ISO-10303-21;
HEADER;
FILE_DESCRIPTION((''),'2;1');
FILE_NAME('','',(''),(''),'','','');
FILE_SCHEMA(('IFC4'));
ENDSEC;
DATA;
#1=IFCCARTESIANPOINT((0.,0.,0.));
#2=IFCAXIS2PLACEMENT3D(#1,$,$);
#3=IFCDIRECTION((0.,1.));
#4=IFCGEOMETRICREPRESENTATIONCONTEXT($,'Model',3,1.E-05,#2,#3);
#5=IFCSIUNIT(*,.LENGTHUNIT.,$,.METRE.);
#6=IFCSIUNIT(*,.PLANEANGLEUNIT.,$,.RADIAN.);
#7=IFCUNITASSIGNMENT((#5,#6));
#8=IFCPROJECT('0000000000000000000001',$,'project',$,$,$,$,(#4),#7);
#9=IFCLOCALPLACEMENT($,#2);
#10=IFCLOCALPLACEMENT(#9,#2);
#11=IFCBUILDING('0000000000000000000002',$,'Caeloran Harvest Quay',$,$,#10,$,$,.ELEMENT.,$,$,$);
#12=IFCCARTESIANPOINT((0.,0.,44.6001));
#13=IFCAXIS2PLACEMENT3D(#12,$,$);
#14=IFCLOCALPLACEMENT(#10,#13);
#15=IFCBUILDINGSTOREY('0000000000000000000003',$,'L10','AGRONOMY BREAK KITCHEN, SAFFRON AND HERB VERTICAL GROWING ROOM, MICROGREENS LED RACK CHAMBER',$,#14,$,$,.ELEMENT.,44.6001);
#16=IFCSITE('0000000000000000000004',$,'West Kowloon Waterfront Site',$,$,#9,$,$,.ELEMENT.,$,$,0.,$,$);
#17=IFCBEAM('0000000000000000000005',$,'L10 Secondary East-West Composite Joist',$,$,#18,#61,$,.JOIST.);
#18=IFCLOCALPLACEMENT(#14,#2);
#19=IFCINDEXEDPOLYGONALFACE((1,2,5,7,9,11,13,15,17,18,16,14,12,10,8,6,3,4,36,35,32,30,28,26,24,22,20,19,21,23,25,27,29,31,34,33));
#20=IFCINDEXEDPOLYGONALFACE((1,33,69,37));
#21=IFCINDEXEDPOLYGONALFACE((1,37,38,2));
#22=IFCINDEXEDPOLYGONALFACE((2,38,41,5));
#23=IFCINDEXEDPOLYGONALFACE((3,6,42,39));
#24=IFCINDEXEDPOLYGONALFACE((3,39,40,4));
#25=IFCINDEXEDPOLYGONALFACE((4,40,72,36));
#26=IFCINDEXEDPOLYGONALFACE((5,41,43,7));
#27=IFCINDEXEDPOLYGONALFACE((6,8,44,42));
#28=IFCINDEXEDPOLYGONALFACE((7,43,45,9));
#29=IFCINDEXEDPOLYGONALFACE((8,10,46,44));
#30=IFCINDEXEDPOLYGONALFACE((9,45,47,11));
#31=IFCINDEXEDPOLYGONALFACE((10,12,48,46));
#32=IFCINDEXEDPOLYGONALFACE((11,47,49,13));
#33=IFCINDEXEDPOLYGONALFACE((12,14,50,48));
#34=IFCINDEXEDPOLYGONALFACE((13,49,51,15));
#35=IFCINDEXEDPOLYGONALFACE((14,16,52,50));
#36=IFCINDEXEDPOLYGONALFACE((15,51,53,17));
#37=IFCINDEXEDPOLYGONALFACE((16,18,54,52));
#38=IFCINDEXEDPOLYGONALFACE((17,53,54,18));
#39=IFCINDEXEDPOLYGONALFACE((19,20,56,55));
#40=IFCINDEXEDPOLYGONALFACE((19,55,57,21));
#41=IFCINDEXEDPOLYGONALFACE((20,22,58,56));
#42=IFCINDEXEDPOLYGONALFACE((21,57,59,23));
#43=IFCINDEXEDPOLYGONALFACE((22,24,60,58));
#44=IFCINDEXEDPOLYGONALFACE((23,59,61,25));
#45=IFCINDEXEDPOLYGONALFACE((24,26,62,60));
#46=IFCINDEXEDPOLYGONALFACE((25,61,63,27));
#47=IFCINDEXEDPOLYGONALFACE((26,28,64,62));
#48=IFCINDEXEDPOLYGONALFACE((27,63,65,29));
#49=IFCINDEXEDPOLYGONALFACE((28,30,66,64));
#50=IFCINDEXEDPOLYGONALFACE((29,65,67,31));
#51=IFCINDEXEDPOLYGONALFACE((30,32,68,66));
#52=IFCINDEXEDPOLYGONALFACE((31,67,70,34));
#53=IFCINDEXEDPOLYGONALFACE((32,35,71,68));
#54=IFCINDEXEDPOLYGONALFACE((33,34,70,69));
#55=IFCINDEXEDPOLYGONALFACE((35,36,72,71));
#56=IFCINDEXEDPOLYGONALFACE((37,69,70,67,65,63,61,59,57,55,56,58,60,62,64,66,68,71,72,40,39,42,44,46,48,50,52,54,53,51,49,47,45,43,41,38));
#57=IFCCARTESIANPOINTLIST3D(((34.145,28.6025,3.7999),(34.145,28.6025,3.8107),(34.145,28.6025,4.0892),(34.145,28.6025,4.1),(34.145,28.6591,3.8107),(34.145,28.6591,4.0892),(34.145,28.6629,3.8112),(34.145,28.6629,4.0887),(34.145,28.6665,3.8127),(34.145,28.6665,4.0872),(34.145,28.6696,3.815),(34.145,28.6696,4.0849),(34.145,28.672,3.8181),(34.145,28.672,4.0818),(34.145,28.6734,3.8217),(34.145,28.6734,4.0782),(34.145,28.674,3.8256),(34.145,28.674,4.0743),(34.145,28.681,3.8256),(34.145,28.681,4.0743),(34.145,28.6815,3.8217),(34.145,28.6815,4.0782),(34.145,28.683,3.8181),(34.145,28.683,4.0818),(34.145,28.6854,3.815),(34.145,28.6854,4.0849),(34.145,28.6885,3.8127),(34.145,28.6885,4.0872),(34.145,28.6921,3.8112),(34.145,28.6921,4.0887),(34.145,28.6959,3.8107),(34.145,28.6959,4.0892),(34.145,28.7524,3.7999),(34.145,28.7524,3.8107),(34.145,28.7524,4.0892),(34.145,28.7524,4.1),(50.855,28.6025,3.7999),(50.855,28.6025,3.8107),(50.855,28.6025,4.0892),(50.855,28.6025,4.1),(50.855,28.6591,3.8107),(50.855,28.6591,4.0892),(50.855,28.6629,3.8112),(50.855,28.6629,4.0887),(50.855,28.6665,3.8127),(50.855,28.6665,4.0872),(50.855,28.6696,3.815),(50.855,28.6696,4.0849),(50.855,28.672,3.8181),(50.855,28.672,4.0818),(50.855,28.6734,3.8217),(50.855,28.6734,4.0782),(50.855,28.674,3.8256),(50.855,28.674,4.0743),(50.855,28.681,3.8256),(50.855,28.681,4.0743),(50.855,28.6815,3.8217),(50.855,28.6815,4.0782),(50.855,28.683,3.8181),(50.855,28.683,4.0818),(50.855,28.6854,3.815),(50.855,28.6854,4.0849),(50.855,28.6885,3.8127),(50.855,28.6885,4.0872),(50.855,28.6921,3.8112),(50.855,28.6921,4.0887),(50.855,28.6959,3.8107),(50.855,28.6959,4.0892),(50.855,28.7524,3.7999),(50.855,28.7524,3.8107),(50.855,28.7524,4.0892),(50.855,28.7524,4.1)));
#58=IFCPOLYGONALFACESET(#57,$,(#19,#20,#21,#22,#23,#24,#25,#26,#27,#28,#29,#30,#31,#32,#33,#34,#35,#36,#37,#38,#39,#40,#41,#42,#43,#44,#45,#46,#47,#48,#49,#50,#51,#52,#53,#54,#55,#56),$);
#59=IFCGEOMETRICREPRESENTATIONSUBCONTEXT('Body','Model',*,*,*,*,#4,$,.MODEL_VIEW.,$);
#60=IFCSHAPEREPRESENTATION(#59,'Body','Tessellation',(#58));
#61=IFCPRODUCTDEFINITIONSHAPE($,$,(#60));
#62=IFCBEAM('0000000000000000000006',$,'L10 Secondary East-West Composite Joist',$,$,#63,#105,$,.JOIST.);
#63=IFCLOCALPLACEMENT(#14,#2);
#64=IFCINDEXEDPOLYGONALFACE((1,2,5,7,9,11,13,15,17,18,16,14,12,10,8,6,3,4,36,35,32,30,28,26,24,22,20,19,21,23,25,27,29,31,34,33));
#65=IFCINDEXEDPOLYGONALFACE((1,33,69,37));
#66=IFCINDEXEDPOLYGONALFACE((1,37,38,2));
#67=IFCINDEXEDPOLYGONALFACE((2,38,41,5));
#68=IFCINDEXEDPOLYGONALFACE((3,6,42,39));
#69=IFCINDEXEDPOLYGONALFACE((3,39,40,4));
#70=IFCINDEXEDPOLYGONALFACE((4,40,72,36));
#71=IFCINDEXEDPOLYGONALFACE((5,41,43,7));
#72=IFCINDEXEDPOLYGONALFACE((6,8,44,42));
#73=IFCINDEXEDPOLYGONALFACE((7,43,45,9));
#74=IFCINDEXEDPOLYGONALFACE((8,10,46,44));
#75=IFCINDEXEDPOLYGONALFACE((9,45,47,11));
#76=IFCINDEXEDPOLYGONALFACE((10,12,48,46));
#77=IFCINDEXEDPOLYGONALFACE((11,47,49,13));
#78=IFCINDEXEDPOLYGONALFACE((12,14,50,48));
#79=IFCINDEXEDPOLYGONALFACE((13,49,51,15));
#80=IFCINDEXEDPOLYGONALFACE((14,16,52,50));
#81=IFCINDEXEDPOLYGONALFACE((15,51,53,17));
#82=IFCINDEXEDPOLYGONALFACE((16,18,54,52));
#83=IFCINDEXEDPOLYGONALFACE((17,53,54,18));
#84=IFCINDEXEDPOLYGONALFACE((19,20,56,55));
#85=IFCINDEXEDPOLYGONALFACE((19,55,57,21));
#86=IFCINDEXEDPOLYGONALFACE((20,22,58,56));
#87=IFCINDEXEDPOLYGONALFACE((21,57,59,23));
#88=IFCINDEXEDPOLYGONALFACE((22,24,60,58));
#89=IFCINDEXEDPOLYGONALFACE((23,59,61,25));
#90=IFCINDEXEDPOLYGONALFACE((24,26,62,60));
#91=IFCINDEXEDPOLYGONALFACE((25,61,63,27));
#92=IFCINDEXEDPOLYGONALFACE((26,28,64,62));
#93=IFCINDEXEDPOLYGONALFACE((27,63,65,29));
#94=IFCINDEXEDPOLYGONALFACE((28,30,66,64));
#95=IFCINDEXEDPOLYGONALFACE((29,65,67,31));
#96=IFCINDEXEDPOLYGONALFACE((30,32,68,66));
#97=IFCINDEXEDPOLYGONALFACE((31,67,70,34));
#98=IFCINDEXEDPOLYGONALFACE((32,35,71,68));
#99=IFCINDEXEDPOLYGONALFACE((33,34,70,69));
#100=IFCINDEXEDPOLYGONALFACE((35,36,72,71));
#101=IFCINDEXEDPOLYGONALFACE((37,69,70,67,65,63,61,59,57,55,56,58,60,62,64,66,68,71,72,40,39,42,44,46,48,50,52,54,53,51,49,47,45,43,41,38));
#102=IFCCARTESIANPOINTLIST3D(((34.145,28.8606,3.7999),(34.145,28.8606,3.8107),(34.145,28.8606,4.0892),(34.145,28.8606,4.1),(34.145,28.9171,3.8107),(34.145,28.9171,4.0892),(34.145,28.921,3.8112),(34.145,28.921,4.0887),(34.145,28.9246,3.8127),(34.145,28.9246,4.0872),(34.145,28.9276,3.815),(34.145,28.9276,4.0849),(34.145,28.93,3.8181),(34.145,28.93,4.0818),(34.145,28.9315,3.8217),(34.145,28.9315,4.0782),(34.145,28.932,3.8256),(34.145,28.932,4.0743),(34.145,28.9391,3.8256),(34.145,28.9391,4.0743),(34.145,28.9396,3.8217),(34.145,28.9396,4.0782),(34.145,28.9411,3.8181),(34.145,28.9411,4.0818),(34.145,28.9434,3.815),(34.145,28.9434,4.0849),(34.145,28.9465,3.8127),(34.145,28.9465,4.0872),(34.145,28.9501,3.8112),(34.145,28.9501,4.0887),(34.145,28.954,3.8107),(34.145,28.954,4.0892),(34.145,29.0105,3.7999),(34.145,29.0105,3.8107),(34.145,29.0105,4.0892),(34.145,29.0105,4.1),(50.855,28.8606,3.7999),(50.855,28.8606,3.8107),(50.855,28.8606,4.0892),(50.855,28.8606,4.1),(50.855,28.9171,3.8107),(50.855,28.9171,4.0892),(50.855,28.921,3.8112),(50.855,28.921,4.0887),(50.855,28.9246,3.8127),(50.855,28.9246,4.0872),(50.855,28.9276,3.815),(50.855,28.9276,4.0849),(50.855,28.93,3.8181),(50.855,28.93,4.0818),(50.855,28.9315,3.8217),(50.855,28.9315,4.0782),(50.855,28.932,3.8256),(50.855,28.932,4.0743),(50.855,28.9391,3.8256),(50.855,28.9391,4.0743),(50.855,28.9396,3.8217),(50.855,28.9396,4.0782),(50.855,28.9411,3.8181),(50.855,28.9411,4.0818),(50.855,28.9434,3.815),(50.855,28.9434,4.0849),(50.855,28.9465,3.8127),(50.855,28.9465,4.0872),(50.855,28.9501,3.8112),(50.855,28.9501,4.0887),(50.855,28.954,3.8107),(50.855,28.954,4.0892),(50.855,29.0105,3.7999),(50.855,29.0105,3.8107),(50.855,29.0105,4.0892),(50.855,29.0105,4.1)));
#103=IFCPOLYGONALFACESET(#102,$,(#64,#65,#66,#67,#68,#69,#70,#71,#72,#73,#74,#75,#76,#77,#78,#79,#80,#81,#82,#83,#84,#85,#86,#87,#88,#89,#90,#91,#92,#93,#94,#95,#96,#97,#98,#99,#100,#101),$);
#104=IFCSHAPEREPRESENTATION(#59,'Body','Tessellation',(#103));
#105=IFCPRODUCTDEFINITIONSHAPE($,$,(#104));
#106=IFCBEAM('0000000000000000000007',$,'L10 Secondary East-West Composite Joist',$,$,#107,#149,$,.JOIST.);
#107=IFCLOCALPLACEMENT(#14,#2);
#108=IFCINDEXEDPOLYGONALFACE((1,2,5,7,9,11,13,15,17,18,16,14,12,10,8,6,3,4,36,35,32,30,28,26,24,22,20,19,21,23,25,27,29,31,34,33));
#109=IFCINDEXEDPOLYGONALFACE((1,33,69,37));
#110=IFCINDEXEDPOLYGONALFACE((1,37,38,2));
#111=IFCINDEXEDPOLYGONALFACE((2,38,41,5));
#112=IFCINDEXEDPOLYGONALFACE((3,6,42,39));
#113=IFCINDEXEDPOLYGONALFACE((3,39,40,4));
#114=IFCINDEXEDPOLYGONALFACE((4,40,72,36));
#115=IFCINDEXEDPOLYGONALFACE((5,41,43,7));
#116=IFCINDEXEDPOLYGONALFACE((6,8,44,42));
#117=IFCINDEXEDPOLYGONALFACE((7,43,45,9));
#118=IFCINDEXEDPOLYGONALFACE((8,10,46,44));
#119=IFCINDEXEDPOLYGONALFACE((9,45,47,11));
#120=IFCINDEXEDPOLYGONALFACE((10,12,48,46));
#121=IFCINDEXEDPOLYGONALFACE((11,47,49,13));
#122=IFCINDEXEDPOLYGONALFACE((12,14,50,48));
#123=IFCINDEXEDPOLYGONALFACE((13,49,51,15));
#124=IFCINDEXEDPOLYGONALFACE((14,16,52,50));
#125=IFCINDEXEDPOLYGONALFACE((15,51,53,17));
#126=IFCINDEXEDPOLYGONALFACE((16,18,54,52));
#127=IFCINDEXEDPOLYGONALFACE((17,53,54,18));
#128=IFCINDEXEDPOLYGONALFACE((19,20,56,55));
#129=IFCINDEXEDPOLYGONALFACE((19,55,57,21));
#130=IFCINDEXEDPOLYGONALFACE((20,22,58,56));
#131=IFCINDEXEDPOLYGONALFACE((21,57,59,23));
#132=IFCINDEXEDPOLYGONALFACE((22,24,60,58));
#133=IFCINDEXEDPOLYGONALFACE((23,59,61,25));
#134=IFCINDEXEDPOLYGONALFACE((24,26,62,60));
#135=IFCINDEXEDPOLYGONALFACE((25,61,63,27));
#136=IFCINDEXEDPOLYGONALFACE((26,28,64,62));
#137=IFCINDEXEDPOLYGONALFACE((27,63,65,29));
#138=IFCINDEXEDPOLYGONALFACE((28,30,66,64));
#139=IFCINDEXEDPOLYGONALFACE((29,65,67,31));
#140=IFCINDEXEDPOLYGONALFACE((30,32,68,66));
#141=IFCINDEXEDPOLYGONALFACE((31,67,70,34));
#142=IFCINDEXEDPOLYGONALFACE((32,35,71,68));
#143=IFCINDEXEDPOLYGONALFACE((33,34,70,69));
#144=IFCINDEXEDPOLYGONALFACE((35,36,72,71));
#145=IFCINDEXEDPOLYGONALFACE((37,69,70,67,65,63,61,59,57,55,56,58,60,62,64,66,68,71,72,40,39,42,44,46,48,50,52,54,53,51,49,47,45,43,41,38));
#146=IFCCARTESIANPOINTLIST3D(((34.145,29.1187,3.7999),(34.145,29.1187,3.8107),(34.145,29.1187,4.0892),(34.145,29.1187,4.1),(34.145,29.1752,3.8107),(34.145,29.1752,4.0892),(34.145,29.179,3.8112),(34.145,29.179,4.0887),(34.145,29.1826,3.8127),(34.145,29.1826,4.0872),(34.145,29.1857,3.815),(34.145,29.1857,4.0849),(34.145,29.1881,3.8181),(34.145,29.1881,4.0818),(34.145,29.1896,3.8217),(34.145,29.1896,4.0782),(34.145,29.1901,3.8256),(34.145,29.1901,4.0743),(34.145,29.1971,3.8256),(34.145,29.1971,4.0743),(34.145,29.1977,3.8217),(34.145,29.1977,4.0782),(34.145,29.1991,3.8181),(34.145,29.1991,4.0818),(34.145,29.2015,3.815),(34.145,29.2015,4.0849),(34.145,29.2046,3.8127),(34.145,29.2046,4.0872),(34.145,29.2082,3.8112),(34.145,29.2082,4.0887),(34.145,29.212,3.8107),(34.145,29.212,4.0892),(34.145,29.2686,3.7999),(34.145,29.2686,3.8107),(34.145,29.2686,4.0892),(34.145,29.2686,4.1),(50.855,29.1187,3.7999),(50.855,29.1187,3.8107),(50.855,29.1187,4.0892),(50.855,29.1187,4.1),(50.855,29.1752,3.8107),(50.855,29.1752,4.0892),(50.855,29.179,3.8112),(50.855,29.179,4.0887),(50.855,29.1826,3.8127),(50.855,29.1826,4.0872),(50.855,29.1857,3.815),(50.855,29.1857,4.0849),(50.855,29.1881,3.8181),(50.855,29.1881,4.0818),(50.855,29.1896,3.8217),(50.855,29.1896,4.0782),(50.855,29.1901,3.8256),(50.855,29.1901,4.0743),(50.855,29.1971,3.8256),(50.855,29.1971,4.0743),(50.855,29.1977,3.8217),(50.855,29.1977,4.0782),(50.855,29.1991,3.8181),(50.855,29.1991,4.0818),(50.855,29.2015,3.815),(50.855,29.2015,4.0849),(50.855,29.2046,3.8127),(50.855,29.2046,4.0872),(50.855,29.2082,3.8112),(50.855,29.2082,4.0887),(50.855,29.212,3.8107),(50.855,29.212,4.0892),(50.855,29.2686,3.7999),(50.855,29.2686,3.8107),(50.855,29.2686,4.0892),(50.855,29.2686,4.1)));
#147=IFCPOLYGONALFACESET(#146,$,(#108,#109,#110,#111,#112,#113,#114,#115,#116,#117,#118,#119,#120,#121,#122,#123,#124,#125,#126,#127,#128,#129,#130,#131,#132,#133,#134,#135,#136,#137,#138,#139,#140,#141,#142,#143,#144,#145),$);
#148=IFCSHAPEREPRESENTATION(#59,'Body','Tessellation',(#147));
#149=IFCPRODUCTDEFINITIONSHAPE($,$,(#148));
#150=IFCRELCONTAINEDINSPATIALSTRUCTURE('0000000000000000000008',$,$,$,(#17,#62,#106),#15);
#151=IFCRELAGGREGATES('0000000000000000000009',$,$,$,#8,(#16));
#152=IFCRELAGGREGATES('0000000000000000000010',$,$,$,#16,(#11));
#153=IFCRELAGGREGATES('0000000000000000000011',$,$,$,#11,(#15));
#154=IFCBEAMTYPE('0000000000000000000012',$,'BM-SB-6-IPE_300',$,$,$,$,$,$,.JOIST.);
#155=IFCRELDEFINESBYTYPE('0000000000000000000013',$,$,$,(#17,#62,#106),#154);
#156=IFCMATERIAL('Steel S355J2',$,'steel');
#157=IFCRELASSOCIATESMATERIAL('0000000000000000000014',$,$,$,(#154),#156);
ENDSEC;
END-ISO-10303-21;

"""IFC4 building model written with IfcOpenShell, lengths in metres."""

from ifc_helpers import new_model, si_unit, direction, frame, origin, origin_2d, place, context, subcontext, project, spatial, i_section, extrude, material, material_profile, profile_set, type_object, element, save


model = new_model("IFC4")

# Units and contexts
model_context = context("Model", 3, precision=1e-05, world=origin(), true_north=direction((0.0, 1.0)))
body_context = subcontext(model_context, "Body", "Model", "MODEL_VIEW")
ifc_project = project(units=[si_unit("LENGTHUNIT", "METRE"), si_unit("PLANEANGLEUNIT", "RADIAN")], contexts=[model_context])

# Site, building, storey
site_placement = place(None, origin())
site = spatial("IfcSite", under=ifc_project, at=site_placement, Name="West Kowloon Waterfront Site", CompositionType="ELEMENT", RefElevation=0.0)
building_placement = place(site_placement, origin())
building = spatial("IfcBuilding", under=site, at=building_placement, Name="Caeloran Harvest Quay", CompositionType="ELEMENT")
storey_placement = place(building_placement, frame((0.0, 0.0, 44.6001)))
storey = spatial("IfcBuildingStorey", under=building, at=storey_placement, Name="L10", Description="AGRONOMY BREAK KITCHEN, SAFFRON AND HERB VERTICAL GROWING ROOM, MICROGREENS LED RACK CHAMBER", CompositionType="ELEMENT", Elevation=44.6001)

# Beams
ifc_material_1 = material(Name="Steel S355J2", Category="steel")
ifc_material_profile_1 = material_profile(ifc_material_1, i_section(OverallWidth=0.1499, OverallDepth=0.3, WebThickness=0.0071, FlangeThickness=0.0107, FilletRadius=0.0149, at=origin_2d()), Name="IPE 300")
ifc_profile_set_1 = profile_set([ifc_material_profile_1], Name="Steel S355J2")
beam_type_1 = type_object("IfcBeamType", Name="BM-SB-6-IPE_300", PredefinedType="JOIST", material=ifc_profile_set_1)
for number, where, z_axis, x_axis, name in (
    (1, (34.145, 28.6775, 3.95), (1.0, 0.0, 0.0), (0.0, 1.0, 0.0), "L10 Secondary East-West Composite Joist"),
    (2, (34.145, 28.9355, 3.95), (1.0, 0.0, 0.0), (0.0, 1.0, 0.0), "L10 Secondary East-West Composite Joist"),
    (3, (34.145, 29.1936, 3.95), (1.0, 0.0, 0.0), (0.0, 1.0, 0.0), "L10 Secondary East-West Composite Joist"),
):
    element("IfcBeam", number, at=place(storey_placement, frame(where, z_axis=z_axis, x_axis=x_axis)), inside=storey, type_object=beam_type_1, Name=name, PredefinedType="JOIST", context=body_context, shape_type="SweptSolid", body=[
        extrude(i_section(OverallWidth=0.1499, OverallDepth=0.3, WebThickness=0.0071, FlangeThickness=0.0107, FilletRadius=0.0149, at=origin_2d()), origin(), (0.0, 0.0, 1.0), 16.71),
    ])

save(model, "model.ifc")
